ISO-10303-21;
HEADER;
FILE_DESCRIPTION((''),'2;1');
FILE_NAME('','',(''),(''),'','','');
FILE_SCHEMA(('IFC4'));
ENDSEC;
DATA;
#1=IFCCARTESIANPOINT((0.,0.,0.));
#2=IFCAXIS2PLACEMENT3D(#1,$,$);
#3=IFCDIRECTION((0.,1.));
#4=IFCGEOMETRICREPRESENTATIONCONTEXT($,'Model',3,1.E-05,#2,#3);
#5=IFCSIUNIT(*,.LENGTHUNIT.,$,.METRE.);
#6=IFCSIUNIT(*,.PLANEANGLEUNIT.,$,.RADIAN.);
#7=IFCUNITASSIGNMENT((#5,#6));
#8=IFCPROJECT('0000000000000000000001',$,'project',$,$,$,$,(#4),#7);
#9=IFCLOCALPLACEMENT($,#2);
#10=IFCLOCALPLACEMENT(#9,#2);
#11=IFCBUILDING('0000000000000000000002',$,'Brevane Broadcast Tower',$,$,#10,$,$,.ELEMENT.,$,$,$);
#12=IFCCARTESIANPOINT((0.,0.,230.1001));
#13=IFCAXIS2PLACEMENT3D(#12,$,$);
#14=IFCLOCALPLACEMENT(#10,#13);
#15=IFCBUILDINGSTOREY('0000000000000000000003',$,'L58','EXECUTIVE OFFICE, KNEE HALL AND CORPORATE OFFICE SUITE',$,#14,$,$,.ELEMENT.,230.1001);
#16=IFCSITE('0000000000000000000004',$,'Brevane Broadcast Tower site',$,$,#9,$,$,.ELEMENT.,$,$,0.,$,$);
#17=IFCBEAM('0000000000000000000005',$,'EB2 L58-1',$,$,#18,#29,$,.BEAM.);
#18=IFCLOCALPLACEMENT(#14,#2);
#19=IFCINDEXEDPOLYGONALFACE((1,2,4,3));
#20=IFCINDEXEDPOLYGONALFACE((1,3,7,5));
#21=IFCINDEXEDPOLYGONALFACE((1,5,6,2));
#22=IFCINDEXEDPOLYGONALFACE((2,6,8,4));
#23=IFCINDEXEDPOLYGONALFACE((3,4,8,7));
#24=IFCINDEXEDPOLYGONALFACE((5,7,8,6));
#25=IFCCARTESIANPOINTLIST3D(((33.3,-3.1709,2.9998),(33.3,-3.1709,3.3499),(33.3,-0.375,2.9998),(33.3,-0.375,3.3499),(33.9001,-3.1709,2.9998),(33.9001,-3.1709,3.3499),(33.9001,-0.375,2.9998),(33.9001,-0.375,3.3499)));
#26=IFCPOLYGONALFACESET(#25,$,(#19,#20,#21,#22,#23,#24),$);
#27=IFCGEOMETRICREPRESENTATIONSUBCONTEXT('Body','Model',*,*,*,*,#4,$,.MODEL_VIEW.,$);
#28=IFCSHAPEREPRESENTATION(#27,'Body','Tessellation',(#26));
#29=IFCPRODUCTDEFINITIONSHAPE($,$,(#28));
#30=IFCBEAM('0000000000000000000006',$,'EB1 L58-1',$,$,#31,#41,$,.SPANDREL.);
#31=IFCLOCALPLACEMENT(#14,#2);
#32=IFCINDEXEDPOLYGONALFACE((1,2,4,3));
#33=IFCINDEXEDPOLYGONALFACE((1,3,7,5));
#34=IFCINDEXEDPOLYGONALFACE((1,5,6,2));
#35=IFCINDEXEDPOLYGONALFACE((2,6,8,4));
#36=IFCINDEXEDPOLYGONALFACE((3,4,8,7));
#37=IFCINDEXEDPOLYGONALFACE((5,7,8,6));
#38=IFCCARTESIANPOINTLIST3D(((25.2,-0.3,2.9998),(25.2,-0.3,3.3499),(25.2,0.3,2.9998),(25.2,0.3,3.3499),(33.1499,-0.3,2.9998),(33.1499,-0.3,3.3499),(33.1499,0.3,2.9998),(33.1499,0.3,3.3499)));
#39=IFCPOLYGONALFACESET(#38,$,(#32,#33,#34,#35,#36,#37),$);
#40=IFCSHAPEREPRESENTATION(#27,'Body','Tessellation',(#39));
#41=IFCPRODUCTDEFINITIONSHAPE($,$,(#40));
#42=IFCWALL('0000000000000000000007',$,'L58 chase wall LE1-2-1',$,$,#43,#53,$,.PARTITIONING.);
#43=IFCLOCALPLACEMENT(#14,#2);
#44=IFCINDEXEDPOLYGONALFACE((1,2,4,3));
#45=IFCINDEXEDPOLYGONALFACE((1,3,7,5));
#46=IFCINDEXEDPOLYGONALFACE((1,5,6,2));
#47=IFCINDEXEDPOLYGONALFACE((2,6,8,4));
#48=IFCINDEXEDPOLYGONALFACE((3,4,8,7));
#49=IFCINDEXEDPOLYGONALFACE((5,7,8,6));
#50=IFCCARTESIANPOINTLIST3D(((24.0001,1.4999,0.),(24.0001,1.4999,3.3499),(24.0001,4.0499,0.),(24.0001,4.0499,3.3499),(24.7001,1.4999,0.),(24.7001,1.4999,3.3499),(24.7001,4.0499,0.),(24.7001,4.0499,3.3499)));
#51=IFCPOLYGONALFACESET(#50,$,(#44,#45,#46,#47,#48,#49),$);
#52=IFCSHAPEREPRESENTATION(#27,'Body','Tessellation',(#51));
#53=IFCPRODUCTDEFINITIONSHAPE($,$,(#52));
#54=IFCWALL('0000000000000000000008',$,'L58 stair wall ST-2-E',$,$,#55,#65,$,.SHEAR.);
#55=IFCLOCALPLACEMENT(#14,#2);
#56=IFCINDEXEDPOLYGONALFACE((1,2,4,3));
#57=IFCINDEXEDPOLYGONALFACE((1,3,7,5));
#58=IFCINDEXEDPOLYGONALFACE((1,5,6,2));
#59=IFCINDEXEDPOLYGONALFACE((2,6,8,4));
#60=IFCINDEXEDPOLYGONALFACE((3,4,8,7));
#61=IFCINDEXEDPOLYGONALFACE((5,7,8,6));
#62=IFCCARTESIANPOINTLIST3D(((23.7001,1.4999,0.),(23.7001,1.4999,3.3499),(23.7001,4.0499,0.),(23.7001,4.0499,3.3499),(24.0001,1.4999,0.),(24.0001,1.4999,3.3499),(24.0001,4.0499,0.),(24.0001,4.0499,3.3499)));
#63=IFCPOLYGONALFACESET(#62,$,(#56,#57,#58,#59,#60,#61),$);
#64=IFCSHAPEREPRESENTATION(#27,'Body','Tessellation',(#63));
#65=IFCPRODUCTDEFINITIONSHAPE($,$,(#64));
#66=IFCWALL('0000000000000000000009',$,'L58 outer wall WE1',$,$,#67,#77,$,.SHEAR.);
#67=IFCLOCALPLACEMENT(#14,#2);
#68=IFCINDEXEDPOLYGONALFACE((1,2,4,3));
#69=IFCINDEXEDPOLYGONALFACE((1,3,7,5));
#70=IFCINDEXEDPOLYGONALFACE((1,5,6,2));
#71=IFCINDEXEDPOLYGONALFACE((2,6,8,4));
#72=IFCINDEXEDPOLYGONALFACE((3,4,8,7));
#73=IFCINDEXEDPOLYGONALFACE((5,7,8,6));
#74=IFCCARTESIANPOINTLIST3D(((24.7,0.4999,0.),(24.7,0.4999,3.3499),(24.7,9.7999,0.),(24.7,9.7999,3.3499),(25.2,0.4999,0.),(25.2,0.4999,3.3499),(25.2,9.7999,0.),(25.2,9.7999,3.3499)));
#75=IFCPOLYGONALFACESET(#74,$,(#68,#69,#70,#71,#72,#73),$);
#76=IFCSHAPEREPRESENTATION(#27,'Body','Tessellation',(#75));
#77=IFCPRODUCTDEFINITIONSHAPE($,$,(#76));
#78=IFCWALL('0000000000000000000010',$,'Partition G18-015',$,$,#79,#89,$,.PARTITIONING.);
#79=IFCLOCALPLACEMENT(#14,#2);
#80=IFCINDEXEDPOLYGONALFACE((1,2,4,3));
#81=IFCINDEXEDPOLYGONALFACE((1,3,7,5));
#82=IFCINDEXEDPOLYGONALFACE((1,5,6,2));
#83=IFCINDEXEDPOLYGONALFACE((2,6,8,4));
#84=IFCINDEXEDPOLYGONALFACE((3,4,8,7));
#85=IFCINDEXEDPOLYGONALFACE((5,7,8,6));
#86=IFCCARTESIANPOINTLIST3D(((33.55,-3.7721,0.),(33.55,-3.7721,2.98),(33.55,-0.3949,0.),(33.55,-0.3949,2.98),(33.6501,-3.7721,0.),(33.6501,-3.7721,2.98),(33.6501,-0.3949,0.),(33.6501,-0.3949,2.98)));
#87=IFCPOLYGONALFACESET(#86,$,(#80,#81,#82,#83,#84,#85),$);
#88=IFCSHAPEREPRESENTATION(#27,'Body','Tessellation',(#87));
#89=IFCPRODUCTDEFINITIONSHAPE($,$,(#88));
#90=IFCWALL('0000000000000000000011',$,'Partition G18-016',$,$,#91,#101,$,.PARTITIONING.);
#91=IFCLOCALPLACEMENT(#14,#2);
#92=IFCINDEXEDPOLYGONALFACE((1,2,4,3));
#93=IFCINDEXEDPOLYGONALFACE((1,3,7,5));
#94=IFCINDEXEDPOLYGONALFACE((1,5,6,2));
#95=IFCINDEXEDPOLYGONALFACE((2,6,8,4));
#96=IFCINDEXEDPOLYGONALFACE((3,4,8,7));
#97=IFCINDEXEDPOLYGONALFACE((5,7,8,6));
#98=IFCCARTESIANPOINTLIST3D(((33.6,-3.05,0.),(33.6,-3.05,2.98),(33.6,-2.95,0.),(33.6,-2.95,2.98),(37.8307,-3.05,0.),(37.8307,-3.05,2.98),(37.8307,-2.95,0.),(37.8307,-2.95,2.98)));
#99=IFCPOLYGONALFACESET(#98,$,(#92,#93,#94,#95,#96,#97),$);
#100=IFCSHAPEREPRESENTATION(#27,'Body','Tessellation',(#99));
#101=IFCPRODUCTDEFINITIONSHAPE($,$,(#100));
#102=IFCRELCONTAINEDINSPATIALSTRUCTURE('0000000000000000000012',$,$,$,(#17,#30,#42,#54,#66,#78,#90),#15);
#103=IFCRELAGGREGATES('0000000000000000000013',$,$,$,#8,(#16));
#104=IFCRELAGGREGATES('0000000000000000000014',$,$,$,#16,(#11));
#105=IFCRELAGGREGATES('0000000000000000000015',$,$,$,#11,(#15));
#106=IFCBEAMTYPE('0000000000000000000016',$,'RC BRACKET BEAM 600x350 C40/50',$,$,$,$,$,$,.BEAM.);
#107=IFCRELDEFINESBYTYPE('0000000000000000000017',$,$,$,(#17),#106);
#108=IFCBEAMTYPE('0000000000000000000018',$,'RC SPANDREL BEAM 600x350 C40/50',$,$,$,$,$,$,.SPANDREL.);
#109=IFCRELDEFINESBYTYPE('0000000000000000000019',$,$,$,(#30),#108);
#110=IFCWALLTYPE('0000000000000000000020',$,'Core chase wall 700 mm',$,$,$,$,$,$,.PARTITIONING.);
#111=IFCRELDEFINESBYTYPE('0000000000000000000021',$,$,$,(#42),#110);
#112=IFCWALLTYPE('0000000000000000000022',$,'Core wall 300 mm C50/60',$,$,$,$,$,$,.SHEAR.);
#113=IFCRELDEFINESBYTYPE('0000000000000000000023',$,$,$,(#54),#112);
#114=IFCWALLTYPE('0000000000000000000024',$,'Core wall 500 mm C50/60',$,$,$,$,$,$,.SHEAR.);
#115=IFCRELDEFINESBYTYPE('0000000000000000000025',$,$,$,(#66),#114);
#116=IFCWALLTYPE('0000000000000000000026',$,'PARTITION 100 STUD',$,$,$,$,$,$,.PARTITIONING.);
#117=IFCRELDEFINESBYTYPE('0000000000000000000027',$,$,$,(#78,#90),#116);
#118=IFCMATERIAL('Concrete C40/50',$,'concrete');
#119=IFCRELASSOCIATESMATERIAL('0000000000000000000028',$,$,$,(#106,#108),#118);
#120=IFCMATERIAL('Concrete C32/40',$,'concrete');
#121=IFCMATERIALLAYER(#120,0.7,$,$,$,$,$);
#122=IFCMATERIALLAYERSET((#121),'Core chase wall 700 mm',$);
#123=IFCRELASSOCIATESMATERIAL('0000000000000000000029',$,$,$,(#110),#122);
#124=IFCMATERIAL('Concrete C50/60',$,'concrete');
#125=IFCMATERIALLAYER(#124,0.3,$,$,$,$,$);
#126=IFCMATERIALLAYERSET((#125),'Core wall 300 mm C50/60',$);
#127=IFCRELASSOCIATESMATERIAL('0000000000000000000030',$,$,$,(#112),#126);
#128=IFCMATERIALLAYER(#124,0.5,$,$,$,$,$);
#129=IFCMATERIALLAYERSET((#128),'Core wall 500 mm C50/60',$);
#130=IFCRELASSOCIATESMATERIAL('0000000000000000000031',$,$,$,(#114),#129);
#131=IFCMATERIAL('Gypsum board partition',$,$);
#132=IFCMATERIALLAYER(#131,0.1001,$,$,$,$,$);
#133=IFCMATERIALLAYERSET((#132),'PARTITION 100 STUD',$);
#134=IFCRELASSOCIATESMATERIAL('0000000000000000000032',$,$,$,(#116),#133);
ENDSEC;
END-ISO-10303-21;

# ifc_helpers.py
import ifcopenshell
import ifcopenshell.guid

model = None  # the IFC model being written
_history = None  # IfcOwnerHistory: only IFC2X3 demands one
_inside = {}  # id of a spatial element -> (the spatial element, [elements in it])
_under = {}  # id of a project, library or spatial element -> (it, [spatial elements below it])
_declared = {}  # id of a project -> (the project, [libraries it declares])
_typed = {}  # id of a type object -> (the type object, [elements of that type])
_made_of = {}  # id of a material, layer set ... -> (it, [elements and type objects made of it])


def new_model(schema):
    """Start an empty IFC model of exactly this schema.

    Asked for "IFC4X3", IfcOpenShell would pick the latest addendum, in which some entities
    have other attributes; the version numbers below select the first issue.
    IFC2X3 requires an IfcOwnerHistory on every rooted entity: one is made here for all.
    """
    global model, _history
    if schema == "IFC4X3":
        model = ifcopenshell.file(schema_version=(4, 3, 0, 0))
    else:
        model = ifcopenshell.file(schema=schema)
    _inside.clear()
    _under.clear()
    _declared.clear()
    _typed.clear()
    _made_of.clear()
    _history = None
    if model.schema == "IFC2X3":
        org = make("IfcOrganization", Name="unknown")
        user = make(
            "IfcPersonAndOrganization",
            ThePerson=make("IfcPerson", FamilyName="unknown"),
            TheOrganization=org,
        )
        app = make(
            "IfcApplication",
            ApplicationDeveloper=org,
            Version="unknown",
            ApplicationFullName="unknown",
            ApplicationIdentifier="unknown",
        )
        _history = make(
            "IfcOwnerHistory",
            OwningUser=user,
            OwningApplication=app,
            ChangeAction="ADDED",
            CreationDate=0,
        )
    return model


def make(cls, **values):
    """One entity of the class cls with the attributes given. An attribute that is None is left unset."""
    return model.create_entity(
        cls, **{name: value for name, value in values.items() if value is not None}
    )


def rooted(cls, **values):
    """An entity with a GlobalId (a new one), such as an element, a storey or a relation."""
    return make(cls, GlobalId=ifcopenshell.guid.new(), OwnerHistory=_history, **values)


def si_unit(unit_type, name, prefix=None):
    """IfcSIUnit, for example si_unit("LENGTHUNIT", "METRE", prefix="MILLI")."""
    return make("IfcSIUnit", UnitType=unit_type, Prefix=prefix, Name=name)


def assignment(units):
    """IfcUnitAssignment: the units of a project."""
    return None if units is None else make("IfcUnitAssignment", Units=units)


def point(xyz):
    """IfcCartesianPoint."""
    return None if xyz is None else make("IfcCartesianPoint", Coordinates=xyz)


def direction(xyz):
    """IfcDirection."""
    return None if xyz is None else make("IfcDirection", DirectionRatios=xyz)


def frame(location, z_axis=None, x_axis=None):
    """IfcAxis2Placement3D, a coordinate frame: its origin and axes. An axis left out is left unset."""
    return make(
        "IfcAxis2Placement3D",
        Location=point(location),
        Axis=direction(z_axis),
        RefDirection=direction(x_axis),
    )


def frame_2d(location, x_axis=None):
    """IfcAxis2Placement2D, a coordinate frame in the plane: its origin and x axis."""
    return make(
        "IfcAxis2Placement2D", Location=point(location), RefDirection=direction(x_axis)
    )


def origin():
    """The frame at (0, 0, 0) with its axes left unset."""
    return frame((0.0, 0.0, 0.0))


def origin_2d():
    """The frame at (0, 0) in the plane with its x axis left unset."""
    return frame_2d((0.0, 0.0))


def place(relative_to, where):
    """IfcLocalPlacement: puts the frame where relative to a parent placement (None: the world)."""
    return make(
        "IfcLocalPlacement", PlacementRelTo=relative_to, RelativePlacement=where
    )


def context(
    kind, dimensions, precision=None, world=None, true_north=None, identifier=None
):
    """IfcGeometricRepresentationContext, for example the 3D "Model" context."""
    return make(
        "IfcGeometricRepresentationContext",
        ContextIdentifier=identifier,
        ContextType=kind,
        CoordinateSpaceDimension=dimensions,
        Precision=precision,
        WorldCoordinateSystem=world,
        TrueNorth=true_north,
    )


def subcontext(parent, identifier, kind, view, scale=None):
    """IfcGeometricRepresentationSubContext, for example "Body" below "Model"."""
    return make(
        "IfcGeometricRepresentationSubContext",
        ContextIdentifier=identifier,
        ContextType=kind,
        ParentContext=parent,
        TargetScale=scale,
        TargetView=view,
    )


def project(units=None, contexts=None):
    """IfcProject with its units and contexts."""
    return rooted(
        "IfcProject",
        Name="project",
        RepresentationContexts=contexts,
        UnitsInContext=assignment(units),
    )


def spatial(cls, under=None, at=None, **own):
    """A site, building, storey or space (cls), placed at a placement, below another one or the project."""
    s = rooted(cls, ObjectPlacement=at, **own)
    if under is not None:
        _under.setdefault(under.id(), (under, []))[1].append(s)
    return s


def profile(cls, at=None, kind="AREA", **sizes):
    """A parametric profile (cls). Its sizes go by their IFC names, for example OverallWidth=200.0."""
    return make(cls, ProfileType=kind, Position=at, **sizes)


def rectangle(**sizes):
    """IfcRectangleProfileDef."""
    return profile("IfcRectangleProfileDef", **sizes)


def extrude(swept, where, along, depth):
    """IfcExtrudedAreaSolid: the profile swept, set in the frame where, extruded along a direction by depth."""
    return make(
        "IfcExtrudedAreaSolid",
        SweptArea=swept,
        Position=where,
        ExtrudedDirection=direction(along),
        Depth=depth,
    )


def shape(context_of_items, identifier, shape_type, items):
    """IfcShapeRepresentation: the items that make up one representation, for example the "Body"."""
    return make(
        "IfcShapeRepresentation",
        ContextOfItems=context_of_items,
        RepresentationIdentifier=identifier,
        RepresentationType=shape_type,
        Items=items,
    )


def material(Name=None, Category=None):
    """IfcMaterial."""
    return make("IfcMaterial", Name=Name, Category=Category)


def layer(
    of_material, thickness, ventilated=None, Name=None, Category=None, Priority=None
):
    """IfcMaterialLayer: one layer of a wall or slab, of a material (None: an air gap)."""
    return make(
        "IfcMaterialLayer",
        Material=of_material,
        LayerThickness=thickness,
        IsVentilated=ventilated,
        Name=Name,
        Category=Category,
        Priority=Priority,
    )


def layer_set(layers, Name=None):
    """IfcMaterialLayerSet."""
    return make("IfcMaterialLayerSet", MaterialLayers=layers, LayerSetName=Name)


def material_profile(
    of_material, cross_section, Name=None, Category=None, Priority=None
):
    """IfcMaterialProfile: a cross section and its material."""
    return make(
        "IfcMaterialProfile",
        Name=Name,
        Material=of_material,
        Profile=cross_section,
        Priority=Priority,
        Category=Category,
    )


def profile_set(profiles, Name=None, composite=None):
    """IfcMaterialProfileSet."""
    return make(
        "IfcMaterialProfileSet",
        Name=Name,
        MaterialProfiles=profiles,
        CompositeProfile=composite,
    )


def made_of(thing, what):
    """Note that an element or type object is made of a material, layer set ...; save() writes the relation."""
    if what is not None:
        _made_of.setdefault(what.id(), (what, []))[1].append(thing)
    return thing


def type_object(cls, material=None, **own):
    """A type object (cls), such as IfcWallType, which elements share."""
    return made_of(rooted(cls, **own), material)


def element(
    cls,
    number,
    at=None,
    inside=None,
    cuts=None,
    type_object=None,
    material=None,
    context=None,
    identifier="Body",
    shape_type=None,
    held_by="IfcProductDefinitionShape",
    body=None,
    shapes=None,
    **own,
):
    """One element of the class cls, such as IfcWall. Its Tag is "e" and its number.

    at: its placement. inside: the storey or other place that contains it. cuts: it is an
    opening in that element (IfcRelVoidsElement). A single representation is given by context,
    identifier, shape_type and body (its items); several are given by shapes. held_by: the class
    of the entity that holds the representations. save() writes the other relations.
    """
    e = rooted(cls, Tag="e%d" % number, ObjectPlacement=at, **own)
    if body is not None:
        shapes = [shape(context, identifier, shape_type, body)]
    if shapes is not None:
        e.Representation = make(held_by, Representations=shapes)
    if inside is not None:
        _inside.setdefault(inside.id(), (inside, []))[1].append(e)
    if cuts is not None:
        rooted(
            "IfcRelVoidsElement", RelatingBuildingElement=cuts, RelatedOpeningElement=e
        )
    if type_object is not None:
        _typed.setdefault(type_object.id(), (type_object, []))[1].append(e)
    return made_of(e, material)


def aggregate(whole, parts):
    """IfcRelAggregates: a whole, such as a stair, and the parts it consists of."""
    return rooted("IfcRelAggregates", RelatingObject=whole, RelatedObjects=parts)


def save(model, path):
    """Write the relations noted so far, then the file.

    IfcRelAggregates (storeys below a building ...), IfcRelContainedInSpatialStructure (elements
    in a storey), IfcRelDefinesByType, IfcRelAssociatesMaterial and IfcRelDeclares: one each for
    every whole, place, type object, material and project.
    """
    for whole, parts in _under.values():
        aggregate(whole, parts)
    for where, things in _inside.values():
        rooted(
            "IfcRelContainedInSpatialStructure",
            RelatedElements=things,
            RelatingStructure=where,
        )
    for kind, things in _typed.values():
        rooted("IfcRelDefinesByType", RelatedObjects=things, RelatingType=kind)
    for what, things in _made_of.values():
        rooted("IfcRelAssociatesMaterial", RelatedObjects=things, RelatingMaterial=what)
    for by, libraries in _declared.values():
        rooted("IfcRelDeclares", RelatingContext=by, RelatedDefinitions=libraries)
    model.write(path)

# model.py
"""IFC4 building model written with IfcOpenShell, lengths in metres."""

from ifc_helpers import new_model, si_unit, direction, frame, frame_2d, origin, origin_2d, place, context, subcontext, project, spatial, rectangle, extrude, material, layer, layer_set, material_profile, profile_set, type_object, element, save


model = new_model("IFC4")

# Units and contexts
model_context = context("Model", 3, precision=1e-05, world=origin(), true_north=direction((0.0, 1.0)))
body_context = subcontext(model_context, "Body", "Model", "MODEL_VIEW")
ifc_project = project(units=[si_unit("LENGTHUNIT", "METRE"), si_unit("PLANEANGLEUNIT", "RADIAN")], contexts=[model_context])

# Site, building, storey
site_placement = place(None, origin())
site = spatial("IfcSite", under=ifc_project, at=site_placement, Name="Brevane Broadcast Tower site", CompositionType="ELEMENT", RefElevation=0.0)
building_placement = place(site_placement, origin())
building = spatial("IfcBuilding", under=site, at=building_placement, Name="Brevane Broadcast Tower", CompositionType="ELEMENT")
storey_placement = place(building_placement, frame((0.0, 0.0, 230.1001)))
storey = spatial("IfcBuildingStorey", under=building, at=storey_placement, Name="L58", Description="EXECUTIVE OFFICE, KNEE HALL AND CORPORATE OFFICE SUITE", CompositionType="ELEMENT", Elevation=230.1001)

# Shared definitions
ifc_material_1 = material(Name="Concrete C50/60", Category="concrete")

# Beams
ifc_material_2 = material(Name="Concrete C40/50", Category="concrete")
ifc_material_profile_1 = material_profile(ifc_material_2, rectangle(XDim=0.6001, YDim=0.3501, at=origin_2d()), Name="RC 600x350")
ifc_profile_set_1 = profile_set([ifc_material_profile_1], Name="Concrete C40/50")
beam_type_1 = type_object("IfcBeamType", Name="RC BRACKET BEAM 600x350 C40/50", PredefinedType="BEAM", material=ifc_profile_set_1)
beam_1_placement = place(storey_placement, frame((33.6001, -0.375, 3.1748), z_axis=(0.0, -1.0, 0.0), x_axis=(1.0, 0.0, 0.0)))
element("IfcBeam", 1, at=beam_1_placement, inside=storey, type_object=beam_type_1, Name="EB2 L58-1", PredefinedType="BEAM", context=body_context, shape_type="SweptSolid", body=[
    extrude(rectangle(XDim=0.6001, YDim=0.3501, at=origin_2d()), origin(), (0.0, 0.0, 1.0), 2.7959),
])
ifc_material_profile_2 = material_profile(ifc_material_2, rectangle(XDim=0.6001, YDim=0.3501, at=origin_2d()), Name="RC 600x350")
ifc_profile_set_2 = profile_set([ifc_material_profile_2], Name="Concrete C40/50")
beam_type_2 = type_object("IfcBeamType", Name="RC SPANDREL BEAM 600x350 C40/50", PredefinedType="SPANDREL", material=ifc_profile_set_2)
beam_2_placement = place(storey_placement, frame((25.2, 0.0, 3.1748), z_axis=(1.0, 0.0, 0.0), x_axis=(0.0, 1.0, 0.0)))
element("IfcBeam", 2, at=beam_2_placement, inside=storey, type_object=beam_type_2, Name="EB1 L58-1", PredefinedType="SPANDREL", context=body_context, shape_type="SweptSolid", body=[
    extrude(rectangle(XDim=0.6001, YDim=0.3501, at=origin_2d()), origin(), (0.0, 0.0, 1.0), 7.95),
])

# Walls
ifc_material_3 = material(Name="Concrete C32/40", Category="concrete")
ifc_layer_1 = layer(ifc_material_3, 0.7)
ifc_layer_set_1 = layer_set([ifc_layer_1], Name="Core chase wall 700 mm")
wall_type_1 = type_object("IfcWallType", Name="Core chase wall 700 mm", PredefinedType="PARTITIONING", material=ifc_layer_set_1)
wall_1_placement = place(storey_placement, frame((24.3501, 1.5, 0.0), z_axis=(0.0, 0.0, 1.0), x_axis=(0.0, 1.0, 0.0)))
element("IfcWall", 3, at=wall_1_placement, inside=storey, type_object=wall_type_1, Name="L58 chase wall LE1-2-1", PredefinedType="PARTITIONING", context=body_context, shape_type="SweptSolid", body=[
    extrude(rectangle(XDim=2.55, YDim=0.7, at=frame_2d((1.2749, 0.0))), origin(), (0.0, 0.0, 1.0), 3.3499),
])
ifc_layer_2 = layer(ifc_material_1, 0.3)
ifc_layer_set_2 = layer_set([ifc_layer_2], Name="Core wall 300 mm C50/60")
wall_type_2 = type_object("IfcWallType", Name="Core wall 300 mm C50/60", PredefinedType="SHEAR", material=ifc_layer_set_2)
wall_2_placement = place(storey_placement, frame((23.8501, 1.5, 0.0), z_axis=(0.0, 0.0, 1.0), x_axis=(0.0, 1.0, 0.0)))
element("IfcWall", 4, at=wall_2_placement, inside=storey, type_object=wall_type_2, Name="L58 stair wall ST-2-E", PredefinedType="SHEAR", context=body_context, shape_type="SweptSolid", body=[
    extrude(rectangle(XDim=2.55, YDim=0.3, at=frame_2d((1.2749, 0.0))), origin(), (0.0, 0.0, 1.0), 3.3499),
])
ifc_layer_3 = layer(ifc_material_1, 0.5)
ifc_layer_set_3 = layer_set([ifc_layer_3], Name="Core wall 500 mm C50/60")
wall_type_3 = type_object("IfcWallType", Name="Core wall 500 mm C50/60", PredefinedType="SHEAR", material=ifc_layer_set_3)
wall_3_placement = place(storey_placement, frame((24.95, 0.5, 0.0), z_axis=(0.0, 0.0, 1.0), x_axis=(0.0, 1.0, 0.0)))
element("IfcWall", 5, at=wall_3_placement, inside=storey, type_object=wall_type_3, Name="L58 outer wall WE1", PredefinedType="SHEAR", context=body_context, shape_type="SweptSolid", body=[
    extrude(rectangle(XDim=9.3, YDim=0.5, at=frame_2d((4.6499, 0.0))), origin(), (0.0, 0.0, 1.0), 3.3499),
])
ifc_material_4 = material(Name="Gypsum board partition")
ifc_layer_4 = layer(ifc_material_4, 0.1001)
ifc_layer_set_4 = layer_set([ifc_layer_4], Name="PARTITION 100 STUD")
wall_type_4 = type_object("IfcWallType", Name="PARTITION 100 STUD", PredefinedType="PARTITIONING", material=ifc_layer_set_4)
wall_4_placement = place(storey_placement, frame((33.6001, -0.395, 0.0), z_axis=(0.0, 0.0, 1.0), x_axis=(0.0, -1.0, 0.0)))
element("IfcWall", 6, at=wall_4_placement, inside=storey, type_object=wall_type_4, Name="Partition G18-015", PredefinedType="PARTITIONING", context=body_context, shape_type="SweptSolid", body=[
    extrude(rectangle(XDim=3.3772, YDim=0.1001, at=frame_2d((1.6885, 0.0))), origin(), (0.0, 0.0, 1.0), 2.98),
])
wall_5_placement = place(storey_placement, frame((33.6001, -3.0, 0.0), z_axis=(0.0, 0.0, 1.0), x_axis=(1.0, 0.0, 0.0)))
element("IfcWall", 7, at=wall_5_placement, inside=storey, type_object=wall_type_4, Name="Partition G18-016", PredefinedType="PARTITIONING", context=body_context, shape_type="SweptSolid", body=[
    extrude(rectangle(XDim=4.2307, YDim=0.1001, at=frame_2d((2.1152, 0.0))), origin(), (0.0, 0.0, 1.0), 2.98),
])

save(model, "model.ifc")
